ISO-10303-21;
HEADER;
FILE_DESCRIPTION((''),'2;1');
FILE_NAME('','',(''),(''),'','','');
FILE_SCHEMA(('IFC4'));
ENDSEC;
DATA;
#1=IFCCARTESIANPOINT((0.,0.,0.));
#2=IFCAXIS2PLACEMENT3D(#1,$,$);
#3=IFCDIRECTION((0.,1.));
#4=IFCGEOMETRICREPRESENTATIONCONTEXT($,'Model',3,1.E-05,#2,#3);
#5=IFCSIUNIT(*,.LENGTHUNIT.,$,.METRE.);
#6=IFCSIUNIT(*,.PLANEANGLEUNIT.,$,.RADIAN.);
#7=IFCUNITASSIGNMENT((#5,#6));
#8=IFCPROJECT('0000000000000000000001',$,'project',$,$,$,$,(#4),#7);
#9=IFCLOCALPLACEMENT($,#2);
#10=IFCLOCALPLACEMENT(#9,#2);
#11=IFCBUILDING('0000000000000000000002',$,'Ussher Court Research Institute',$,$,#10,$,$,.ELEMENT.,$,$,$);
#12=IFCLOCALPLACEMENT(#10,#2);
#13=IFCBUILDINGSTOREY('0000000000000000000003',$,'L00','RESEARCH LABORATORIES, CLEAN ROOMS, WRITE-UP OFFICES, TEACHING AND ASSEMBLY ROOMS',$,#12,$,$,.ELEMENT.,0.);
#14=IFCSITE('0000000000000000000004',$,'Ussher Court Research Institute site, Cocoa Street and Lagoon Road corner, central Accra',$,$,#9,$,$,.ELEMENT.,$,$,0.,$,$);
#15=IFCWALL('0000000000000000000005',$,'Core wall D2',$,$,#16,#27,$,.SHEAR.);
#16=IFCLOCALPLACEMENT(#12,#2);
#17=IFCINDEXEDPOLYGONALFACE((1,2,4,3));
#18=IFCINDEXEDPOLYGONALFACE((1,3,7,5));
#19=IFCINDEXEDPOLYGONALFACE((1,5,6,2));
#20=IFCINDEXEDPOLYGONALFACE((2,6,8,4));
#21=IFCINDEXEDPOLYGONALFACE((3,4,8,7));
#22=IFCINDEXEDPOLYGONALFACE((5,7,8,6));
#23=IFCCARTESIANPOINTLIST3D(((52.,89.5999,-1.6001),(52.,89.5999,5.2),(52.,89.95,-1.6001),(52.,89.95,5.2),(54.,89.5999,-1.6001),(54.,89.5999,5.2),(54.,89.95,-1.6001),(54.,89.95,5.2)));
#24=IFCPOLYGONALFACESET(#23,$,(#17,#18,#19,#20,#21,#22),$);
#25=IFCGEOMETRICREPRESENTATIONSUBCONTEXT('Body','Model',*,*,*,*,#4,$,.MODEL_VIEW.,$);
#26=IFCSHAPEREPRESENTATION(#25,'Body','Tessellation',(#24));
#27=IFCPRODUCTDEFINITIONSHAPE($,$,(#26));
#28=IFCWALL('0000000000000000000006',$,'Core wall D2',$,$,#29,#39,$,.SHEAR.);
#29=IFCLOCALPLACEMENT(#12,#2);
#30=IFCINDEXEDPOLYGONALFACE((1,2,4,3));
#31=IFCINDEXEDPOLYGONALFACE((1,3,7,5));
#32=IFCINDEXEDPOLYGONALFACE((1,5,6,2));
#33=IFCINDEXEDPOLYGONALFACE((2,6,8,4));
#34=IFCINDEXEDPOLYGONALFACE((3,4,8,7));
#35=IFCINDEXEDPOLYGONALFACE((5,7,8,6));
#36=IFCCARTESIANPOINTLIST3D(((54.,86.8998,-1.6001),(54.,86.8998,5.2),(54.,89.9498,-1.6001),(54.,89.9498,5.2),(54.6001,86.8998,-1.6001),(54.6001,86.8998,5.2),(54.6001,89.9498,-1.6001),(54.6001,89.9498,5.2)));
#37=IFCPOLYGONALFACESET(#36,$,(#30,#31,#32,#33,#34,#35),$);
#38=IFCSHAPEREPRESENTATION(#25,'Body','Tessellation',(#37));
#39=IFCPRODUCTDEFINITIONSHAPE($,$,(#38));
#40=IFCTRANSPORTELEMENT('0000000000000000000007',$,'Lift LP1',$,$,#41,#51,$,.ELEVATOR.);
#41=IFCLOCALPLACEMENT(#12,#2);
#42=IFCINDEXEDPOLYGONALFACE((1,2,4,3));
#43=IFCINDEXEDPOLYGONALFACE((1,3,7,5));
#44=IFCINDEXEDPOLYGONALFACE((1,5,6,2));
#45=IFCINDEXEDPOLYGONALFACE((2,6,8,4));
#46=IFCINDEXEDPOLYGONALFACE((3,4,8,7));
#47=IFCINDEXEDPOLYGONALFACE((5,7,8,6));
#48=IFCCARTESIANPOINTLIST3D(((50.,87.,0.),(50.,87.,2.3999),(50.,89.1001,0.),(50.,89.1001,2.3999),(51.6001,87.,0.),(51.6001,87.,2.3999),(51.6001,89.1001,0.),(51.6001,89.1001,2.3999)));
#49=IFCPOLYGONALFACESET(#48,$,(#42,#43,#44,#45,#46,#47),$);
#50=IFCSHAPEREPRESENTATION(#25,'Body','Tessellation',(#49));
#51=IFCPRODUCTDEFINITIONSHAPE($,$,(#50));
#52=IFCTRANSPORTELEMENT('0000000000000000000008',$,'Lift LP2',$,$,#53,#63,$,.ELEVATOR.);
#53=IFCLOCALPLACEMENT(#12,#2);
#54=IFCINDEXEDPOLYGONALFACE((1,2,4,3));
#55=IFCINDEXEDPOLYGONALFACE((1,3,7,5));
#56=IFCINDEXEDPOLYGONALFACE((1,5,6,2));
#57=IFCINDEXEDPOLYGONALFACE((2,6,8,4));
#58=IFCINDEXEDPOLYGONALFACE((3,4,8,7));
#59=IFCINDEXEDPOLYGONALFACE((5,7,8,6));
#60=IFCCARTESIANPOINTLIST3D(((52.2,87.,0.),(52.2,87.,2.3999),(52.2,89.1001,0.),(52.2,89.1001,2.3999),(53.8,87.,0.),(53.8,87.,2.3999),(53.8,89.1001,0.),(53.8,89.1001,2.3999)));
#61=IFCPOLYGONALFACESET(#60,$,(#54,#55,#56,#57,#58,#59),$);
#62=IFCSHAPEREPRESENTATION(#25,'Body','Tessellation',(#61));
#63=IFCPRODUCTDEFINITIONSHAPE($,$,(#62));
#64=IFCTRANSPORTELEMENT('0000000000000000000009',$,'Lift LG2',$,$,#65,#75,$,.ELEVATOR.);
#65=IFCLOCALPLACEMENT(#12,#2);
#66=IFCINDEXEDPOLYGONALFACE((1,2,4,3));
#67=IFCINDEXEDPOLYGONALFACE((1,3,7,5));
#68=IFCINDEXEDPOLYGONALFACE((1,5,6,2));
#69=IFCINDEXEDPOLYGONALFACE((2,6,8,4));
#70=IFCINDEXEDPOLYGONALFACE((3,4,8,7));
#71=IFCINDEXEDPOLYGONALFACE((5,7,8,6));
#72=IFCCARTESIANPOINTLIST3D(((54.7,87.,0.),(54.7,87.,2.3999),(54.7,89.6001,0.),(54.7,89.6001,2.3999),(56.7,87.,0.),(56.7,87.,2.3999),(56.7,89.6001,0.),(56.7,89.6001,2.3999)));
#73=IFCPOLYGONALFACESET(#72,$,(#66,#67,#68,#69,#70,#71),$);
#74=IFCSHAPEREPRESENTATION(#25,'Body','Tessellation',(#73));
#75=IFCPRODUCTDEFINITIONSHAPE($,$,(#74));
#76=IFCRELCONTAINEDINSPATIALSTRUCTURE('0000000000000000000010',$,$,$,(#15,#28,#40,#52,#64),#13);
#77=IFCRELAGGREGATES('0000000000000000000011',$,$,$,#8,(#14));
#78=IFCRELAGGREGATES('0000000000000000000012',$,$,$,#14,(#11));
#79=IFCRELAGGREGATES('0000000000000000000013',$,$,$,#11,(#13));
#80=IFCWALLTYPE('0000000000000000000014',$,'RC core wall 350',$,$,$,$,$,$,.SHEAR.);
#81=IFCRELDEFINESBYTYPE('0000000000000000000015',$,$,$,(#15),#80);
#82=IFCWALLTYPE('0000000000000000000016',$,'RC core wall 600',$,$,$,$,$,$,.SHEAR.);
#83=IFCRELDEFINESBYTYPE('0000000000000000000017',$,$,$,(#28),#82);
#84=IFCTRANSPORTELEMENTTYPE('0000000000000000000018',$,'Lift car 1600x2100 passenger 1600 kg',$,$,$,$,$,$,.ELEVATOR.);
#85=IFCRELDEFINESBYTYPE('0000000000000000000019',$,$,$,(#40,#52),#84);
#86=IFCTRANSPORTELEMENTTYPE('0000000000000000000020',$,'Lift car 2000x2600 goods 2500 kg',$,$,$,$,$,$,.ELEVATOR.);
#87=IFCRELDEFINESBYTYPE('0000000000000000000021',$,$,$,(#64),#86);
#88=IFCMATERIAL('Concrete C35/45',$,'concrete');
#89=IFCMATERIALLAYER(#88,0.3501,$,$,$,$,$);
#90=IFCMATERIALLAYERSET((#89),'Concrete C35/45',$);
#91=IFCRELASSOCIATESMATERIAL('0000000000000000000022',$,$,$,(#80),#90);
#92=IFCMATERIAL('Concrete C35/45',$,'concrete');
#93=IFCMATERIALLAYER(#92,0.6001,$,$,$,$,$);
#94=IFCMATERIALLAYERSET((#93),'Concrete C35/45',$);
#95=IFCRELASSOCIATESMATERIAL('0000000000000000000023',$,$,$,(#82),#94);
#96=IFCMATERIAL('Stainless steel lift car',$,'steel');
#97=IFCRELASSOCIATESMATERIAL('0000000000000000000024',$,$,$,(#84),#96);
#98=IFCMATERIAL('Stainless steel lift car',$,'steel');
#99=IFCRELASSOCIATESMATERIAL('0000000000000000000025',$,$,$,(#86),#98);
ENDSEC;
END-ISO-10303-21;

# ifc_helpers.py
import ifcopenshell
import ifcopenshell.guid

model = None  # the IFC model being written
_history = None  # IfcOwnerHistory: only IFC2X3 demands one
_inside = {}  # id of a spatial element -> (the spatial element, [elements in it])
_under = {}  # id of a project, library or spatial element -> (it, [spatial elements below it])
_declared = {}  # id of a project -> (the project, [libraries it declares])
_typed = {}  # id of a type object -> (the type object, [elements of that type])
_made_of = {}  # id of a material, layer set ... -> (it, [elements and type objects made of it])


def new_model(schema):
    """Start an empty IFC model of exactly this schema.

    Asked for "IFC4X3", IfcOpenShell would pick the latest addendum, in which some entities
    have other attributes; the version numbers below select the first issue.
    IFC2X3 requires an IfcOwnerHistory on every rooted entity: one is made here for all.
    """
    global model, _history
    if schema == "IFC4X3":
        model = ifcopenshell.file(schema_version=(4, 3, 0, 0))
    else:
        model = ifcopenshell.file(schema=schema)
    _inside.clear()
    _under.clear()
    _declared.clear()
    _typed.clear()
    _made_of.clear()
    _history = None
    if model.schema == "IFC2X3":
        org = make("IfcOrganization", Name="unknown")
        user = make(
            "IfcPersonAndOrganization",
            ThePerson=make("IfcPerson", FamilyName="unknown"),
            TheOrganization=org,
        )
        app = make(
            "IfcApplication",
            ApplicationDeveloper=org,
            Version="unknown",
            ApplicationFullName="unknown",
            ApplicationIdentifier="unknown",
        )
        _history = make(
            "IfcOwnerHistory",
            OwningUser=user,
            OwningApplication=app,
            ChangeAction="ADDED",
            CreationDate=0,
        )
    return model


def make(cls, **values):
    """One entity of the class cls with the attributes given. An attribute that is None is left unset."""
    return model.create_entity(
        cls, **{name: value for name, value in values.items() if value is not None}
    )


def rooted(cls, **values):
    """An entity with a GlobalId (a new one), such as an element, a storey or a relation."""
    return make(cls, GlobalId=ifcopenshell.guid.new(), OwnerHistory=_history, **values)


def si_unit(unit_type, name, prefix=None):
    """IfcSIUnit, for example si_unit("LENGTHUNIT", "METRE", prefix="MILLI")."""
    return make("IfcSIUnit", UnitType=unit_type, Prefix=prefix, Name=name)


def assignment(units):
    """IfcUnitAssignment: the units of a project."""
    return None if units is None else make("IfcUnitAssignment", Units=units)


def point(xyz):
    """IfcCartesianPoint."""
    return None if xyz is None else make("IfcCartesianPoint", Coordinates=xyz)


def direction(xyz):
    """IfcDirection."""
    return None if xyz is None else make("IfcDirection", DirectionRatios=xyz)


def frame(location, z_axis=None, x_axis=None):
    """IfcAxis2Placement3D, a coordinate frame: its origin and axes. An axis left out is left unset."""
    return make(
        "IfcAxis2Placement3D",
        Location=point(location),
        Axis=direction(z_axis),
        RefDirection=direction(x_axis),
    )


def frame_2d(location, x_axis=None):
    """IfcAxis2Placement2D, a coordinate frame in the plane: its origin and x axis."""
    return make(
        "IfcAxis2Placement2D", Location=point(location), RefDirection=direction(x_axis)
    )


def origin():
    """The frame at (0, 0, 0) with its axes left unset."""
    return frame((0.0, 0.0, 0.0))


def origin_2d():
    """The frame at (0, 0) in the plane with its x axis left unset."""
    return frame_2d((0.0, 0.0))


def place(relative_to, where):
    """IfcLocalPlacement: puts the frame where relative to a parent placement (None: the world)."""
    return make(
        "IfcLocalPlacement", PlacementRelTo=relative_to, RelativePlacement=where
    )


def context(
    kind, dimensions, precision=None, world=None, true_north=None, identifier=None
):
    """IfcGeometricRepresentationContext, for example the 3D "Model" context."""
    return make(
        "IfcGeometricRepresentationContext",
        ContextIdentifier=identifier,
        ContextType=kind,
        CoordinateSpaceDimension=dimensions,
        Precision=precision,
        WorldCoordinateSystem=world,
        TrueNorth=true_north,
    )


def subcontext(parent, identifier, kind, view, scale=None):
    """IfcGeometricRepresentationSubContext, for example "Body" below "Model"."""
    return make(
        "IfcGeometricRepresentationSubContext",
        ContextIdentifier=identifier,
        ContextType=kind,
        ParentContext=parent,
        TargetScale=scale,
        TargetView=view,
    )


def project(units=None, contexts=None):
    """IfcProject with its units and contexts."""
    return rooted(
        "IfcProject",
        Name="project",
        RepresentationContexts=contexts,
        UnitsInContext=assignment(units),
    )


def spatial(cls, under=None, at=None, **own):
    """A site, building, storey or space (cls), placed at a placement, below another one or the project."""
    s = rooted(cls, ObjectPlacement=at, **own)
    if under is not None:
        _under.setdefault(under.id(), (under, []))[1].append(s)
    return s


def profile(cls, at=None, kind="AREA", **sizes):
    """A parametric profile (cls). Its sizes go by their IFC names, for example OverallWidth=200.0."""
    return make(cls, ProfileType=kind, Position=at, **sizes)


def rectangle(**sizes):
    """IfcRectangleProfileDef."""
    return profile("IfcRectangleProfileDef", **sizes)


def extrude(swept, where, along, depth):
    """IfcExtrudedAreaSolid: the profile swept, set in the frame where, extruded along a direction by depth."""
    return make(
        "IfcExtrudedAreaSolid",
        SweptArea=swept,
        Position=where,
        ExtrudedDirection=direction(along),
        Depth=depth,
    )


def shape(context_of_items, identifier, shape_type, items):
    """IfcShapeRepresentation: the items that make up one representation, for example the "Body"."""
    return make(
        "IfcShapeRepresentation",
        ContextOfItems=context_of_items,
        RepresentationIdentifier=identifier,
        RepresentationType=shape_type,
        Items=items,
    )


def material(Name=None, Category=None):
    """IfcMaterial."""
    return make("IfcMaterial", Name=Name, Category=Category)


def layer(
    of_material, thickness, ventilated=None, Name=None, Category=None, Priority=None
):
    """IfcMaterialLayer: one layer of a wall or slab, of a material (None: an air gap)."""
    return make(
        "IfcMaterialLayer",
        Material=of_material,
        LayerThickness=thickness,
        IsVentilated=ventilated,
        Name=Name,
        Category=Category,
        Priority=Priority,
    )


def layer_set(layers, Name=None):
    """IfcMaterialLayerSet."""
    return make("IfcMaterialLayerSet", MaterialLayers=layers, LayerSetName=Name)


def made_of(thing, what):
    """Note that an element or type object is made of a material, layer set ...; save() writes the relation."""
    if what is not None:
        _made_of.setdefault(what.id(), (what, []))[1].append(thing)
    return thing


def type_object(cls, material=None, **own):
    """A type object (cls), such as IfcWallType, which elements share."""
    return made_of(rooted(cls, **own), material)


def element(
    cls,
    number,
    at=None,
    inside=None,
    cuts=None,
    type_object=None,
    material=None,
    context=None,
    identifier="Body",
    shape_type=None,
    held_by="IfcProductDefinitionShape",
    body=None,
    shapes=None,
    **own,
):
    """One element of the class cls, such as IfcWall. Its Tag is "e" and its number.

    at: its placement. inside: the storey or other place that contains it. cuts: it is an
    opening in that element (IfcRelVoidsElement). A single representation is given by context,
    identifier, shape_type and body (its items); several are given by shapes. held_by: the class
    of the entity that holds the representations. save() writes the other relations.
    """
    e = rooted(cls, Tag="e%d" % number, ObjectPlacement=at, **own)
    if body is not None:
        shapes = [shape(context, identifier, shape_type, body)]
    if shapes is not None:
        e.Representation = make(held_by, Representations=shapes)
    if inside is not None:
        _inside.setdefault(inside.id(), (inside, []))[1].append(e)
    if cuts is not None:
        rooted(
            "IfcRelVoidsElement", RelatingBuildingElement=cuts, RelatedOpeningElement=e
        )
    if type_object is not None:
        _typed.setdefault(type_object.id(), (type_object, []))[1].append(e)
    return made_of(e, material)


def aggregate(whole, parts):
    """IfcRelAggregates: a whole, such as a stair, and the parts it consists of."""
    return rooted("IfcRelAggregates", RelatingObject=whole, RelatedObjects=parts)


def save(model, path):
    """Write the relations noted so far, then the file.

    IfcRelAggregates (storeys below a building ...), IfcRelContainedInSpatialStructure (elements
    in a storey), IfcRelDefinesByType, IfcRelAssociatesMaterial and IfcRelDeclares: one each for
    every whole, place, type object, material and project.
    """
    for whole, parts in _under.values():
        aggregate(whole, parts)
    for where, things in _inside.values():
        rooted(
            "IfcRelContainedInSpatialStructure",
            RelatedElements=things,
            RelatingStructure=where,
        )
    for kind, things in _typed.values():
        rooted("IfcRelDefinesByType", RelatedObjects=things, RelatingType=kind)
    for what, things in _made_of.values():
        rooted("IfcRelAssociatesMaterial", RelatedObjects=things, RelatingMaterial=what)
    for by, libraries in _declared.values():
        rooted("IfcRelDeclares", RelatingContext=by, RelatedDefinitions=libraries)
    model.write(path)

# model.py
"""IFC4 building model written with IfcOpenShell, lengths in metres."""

from ifc_helpers import new_model, si_unit, direction, frame, frame_2d, origin, origin_2d, place, context, subcontext, project, spatial, rectangle, extrude, material, layer, layer_set, type_object, element, save


model = new_model("IFC4")

# Units and contexts
model_context = context("Model", 3, precision=1e-05, world=origin(), true_north=direction((0.0, 1.0)))
body_context = subcontext(model_context, "Body", "Model", "MODEL_VIEW")
ifc_project = project(units=[si_unit("LENGTHUNIT", "METRE"), si_unit("PLANEANGLEUNIT", "RADIAN")], contexts=[model_context])

# Site, building, storey
site_placement = place(None, origin())
site = spatial("IfcSite", under=ifc_project, at=site_placement, Name="Ussher Court Research Institute site, Cocoa Street and Lagoon Road corner, central Accra", CompositionType="ELEMENT", RefElevation=0.0)
building_placement = place(site_placement, origin())
building = spatial("IfcBuilding", under=site, at=building_placement, Name="Ussher Court Research Institute", CompositionType="ELEMENT")
storey_placement = place(building_placement, origin())
storey = spatial("IfcBuildingStorey", under=building, at=storey_placement, Name="L00", Description="RESEARCH LABORATORIES, CLEAN ROOMS, WRITE-UP OFFICES, TEACHING AND ASSEMBLY ROOMS", CompositionType="ELEMENT", Elevation=0.0)

# Walls
ifc_material_1 = material(Name="Concrete C35/45", Category="concrete")
ifc_layer_1 = layer(ifc_material_1, 0.3501)
ifc_layer_set_1 = layer_set([ifc_layer_1], Name="Concrete C35/45")
wall_type_1 = type_object("IfcWallType", Name="RC core wall 350", PredefinedType="SHEAR", material=ifc_layer_set_1)
wall_1_placement = place(storey_placement, frame((52.0, 89.7749, -1.6001), z_axis=(0.0, 0.0, 1.0), x_axis=(1.0, 0.0, 0.0)))
element("IfcWall", 1, at=wall_1_placement, inside=storey, type_object=wall_type_1, Name="Core wall D2", PredefinedType="SHEAR", context=body_context, shape_type="SweptSolid", body=[
    extrude(rectangle(XDim=2.0, YDim=0.3501, at=frame_2d((1.0, 0.0))), origin(), (0.0, 0.0, 1.0), 6.8),
])
ifc_material_2 = material(Name="Concrete C35/45", Category="concrete")
ifc_layer_2 = layer(ifc_material_2, 0.6001)
ifc_layer_set_2 = layer_set([ifc_layer_2], Name="Concrete C35/45")
wall_type_2 = type_object("IfcWallType", Name="RC core wall 600", PredefinedType="SHEAR", material=ifc_layer_set_2)
wall_2_placement = place(storey_placement, frame((54.3, 86.8999, -1.6001), z_axis=(0.0, 0.0, 1.0), x_axis=(0.0, 1.0, 0.0)))
element("IfcWall", 2, at=wall_2_placement, inside=storey, type_object=wall_type_2, Name="Core wall D2", PredefinedType="SHEAR", context=body_context, shape_type="SweptSolid", body=[
    extrude(rectangle(XDim=3.05, YDim=0.6001, at=frame_2d((1.5249, 0.0))), origin(), (0.0, 0.0, 1.0), 6.8),
])

# Transport elements
ifc_material_3 = material(Name="Stainless steel lift car", Category="steel")
transport_element_type_1 = type_object("IfcTransportElementType", Name="Lift car 1600x2100 passenger 1600 kg", PredefinedType="ELEVATOR", material=ifc_material_3)
for number, where, z_axis, x_axis, name in (
    (3, (50.8, 88.05, 0.0), (0.0, 0.0, 1.0), (1.0, 0.0, 0.0), "Lift LP1"),
    (4, (53.0, 88.05, 0.0), (0.0, 0.0, 1.0), (1.0, 0.0, 0.0), "Lift LP2"),
):
    element("IfcTransportElement", number, at=place(storey_placement, frame(where, z_axis=z_axis, x_axis=x_axis)), inside=storey, type_object=transport_element_type_1, Name=name, PredefinedType="ELEVATOR", context=body_context, shape_type="SweptSolid", body=[
        extrude(rectangle(XDim=1.6001, YDim=2.1001, at=origin_2d()), origin(), (0.0, 0.0, 1.0), 2.3999),
    ])
ifc_material_4 = material(Name="Stainless steel lift car", Category="steel")
transport_element_type_2 = type_object("IfcTransportElementType", Name="Lift car 2000x2600 goods 2500 kg", PredefinedType="ELEVATOR", material=ifc_material_4)
transport_element_placement = place(storey_placement, frame((55.7, 88.3, 0.0), z_axis=(0.0, 0.0, 1.0), x_axis=(1.0, 0.0, 0.0)))
element("IfcTransportElement", 5, at=transport_element_placement, inside=storey, type_object=transport_element_type_2, Name="Lift LG2", PredefinedType="ELEVATOR", context=body_context, shape_type="SweptSolid", body=[
    extrude(rectangle(XDim=2.0, YDim=2.6001, at=origin_2d()), origin(), (0.0, 0.0, 1.0), 2.3999),
])

save(model, "model.ifc")
